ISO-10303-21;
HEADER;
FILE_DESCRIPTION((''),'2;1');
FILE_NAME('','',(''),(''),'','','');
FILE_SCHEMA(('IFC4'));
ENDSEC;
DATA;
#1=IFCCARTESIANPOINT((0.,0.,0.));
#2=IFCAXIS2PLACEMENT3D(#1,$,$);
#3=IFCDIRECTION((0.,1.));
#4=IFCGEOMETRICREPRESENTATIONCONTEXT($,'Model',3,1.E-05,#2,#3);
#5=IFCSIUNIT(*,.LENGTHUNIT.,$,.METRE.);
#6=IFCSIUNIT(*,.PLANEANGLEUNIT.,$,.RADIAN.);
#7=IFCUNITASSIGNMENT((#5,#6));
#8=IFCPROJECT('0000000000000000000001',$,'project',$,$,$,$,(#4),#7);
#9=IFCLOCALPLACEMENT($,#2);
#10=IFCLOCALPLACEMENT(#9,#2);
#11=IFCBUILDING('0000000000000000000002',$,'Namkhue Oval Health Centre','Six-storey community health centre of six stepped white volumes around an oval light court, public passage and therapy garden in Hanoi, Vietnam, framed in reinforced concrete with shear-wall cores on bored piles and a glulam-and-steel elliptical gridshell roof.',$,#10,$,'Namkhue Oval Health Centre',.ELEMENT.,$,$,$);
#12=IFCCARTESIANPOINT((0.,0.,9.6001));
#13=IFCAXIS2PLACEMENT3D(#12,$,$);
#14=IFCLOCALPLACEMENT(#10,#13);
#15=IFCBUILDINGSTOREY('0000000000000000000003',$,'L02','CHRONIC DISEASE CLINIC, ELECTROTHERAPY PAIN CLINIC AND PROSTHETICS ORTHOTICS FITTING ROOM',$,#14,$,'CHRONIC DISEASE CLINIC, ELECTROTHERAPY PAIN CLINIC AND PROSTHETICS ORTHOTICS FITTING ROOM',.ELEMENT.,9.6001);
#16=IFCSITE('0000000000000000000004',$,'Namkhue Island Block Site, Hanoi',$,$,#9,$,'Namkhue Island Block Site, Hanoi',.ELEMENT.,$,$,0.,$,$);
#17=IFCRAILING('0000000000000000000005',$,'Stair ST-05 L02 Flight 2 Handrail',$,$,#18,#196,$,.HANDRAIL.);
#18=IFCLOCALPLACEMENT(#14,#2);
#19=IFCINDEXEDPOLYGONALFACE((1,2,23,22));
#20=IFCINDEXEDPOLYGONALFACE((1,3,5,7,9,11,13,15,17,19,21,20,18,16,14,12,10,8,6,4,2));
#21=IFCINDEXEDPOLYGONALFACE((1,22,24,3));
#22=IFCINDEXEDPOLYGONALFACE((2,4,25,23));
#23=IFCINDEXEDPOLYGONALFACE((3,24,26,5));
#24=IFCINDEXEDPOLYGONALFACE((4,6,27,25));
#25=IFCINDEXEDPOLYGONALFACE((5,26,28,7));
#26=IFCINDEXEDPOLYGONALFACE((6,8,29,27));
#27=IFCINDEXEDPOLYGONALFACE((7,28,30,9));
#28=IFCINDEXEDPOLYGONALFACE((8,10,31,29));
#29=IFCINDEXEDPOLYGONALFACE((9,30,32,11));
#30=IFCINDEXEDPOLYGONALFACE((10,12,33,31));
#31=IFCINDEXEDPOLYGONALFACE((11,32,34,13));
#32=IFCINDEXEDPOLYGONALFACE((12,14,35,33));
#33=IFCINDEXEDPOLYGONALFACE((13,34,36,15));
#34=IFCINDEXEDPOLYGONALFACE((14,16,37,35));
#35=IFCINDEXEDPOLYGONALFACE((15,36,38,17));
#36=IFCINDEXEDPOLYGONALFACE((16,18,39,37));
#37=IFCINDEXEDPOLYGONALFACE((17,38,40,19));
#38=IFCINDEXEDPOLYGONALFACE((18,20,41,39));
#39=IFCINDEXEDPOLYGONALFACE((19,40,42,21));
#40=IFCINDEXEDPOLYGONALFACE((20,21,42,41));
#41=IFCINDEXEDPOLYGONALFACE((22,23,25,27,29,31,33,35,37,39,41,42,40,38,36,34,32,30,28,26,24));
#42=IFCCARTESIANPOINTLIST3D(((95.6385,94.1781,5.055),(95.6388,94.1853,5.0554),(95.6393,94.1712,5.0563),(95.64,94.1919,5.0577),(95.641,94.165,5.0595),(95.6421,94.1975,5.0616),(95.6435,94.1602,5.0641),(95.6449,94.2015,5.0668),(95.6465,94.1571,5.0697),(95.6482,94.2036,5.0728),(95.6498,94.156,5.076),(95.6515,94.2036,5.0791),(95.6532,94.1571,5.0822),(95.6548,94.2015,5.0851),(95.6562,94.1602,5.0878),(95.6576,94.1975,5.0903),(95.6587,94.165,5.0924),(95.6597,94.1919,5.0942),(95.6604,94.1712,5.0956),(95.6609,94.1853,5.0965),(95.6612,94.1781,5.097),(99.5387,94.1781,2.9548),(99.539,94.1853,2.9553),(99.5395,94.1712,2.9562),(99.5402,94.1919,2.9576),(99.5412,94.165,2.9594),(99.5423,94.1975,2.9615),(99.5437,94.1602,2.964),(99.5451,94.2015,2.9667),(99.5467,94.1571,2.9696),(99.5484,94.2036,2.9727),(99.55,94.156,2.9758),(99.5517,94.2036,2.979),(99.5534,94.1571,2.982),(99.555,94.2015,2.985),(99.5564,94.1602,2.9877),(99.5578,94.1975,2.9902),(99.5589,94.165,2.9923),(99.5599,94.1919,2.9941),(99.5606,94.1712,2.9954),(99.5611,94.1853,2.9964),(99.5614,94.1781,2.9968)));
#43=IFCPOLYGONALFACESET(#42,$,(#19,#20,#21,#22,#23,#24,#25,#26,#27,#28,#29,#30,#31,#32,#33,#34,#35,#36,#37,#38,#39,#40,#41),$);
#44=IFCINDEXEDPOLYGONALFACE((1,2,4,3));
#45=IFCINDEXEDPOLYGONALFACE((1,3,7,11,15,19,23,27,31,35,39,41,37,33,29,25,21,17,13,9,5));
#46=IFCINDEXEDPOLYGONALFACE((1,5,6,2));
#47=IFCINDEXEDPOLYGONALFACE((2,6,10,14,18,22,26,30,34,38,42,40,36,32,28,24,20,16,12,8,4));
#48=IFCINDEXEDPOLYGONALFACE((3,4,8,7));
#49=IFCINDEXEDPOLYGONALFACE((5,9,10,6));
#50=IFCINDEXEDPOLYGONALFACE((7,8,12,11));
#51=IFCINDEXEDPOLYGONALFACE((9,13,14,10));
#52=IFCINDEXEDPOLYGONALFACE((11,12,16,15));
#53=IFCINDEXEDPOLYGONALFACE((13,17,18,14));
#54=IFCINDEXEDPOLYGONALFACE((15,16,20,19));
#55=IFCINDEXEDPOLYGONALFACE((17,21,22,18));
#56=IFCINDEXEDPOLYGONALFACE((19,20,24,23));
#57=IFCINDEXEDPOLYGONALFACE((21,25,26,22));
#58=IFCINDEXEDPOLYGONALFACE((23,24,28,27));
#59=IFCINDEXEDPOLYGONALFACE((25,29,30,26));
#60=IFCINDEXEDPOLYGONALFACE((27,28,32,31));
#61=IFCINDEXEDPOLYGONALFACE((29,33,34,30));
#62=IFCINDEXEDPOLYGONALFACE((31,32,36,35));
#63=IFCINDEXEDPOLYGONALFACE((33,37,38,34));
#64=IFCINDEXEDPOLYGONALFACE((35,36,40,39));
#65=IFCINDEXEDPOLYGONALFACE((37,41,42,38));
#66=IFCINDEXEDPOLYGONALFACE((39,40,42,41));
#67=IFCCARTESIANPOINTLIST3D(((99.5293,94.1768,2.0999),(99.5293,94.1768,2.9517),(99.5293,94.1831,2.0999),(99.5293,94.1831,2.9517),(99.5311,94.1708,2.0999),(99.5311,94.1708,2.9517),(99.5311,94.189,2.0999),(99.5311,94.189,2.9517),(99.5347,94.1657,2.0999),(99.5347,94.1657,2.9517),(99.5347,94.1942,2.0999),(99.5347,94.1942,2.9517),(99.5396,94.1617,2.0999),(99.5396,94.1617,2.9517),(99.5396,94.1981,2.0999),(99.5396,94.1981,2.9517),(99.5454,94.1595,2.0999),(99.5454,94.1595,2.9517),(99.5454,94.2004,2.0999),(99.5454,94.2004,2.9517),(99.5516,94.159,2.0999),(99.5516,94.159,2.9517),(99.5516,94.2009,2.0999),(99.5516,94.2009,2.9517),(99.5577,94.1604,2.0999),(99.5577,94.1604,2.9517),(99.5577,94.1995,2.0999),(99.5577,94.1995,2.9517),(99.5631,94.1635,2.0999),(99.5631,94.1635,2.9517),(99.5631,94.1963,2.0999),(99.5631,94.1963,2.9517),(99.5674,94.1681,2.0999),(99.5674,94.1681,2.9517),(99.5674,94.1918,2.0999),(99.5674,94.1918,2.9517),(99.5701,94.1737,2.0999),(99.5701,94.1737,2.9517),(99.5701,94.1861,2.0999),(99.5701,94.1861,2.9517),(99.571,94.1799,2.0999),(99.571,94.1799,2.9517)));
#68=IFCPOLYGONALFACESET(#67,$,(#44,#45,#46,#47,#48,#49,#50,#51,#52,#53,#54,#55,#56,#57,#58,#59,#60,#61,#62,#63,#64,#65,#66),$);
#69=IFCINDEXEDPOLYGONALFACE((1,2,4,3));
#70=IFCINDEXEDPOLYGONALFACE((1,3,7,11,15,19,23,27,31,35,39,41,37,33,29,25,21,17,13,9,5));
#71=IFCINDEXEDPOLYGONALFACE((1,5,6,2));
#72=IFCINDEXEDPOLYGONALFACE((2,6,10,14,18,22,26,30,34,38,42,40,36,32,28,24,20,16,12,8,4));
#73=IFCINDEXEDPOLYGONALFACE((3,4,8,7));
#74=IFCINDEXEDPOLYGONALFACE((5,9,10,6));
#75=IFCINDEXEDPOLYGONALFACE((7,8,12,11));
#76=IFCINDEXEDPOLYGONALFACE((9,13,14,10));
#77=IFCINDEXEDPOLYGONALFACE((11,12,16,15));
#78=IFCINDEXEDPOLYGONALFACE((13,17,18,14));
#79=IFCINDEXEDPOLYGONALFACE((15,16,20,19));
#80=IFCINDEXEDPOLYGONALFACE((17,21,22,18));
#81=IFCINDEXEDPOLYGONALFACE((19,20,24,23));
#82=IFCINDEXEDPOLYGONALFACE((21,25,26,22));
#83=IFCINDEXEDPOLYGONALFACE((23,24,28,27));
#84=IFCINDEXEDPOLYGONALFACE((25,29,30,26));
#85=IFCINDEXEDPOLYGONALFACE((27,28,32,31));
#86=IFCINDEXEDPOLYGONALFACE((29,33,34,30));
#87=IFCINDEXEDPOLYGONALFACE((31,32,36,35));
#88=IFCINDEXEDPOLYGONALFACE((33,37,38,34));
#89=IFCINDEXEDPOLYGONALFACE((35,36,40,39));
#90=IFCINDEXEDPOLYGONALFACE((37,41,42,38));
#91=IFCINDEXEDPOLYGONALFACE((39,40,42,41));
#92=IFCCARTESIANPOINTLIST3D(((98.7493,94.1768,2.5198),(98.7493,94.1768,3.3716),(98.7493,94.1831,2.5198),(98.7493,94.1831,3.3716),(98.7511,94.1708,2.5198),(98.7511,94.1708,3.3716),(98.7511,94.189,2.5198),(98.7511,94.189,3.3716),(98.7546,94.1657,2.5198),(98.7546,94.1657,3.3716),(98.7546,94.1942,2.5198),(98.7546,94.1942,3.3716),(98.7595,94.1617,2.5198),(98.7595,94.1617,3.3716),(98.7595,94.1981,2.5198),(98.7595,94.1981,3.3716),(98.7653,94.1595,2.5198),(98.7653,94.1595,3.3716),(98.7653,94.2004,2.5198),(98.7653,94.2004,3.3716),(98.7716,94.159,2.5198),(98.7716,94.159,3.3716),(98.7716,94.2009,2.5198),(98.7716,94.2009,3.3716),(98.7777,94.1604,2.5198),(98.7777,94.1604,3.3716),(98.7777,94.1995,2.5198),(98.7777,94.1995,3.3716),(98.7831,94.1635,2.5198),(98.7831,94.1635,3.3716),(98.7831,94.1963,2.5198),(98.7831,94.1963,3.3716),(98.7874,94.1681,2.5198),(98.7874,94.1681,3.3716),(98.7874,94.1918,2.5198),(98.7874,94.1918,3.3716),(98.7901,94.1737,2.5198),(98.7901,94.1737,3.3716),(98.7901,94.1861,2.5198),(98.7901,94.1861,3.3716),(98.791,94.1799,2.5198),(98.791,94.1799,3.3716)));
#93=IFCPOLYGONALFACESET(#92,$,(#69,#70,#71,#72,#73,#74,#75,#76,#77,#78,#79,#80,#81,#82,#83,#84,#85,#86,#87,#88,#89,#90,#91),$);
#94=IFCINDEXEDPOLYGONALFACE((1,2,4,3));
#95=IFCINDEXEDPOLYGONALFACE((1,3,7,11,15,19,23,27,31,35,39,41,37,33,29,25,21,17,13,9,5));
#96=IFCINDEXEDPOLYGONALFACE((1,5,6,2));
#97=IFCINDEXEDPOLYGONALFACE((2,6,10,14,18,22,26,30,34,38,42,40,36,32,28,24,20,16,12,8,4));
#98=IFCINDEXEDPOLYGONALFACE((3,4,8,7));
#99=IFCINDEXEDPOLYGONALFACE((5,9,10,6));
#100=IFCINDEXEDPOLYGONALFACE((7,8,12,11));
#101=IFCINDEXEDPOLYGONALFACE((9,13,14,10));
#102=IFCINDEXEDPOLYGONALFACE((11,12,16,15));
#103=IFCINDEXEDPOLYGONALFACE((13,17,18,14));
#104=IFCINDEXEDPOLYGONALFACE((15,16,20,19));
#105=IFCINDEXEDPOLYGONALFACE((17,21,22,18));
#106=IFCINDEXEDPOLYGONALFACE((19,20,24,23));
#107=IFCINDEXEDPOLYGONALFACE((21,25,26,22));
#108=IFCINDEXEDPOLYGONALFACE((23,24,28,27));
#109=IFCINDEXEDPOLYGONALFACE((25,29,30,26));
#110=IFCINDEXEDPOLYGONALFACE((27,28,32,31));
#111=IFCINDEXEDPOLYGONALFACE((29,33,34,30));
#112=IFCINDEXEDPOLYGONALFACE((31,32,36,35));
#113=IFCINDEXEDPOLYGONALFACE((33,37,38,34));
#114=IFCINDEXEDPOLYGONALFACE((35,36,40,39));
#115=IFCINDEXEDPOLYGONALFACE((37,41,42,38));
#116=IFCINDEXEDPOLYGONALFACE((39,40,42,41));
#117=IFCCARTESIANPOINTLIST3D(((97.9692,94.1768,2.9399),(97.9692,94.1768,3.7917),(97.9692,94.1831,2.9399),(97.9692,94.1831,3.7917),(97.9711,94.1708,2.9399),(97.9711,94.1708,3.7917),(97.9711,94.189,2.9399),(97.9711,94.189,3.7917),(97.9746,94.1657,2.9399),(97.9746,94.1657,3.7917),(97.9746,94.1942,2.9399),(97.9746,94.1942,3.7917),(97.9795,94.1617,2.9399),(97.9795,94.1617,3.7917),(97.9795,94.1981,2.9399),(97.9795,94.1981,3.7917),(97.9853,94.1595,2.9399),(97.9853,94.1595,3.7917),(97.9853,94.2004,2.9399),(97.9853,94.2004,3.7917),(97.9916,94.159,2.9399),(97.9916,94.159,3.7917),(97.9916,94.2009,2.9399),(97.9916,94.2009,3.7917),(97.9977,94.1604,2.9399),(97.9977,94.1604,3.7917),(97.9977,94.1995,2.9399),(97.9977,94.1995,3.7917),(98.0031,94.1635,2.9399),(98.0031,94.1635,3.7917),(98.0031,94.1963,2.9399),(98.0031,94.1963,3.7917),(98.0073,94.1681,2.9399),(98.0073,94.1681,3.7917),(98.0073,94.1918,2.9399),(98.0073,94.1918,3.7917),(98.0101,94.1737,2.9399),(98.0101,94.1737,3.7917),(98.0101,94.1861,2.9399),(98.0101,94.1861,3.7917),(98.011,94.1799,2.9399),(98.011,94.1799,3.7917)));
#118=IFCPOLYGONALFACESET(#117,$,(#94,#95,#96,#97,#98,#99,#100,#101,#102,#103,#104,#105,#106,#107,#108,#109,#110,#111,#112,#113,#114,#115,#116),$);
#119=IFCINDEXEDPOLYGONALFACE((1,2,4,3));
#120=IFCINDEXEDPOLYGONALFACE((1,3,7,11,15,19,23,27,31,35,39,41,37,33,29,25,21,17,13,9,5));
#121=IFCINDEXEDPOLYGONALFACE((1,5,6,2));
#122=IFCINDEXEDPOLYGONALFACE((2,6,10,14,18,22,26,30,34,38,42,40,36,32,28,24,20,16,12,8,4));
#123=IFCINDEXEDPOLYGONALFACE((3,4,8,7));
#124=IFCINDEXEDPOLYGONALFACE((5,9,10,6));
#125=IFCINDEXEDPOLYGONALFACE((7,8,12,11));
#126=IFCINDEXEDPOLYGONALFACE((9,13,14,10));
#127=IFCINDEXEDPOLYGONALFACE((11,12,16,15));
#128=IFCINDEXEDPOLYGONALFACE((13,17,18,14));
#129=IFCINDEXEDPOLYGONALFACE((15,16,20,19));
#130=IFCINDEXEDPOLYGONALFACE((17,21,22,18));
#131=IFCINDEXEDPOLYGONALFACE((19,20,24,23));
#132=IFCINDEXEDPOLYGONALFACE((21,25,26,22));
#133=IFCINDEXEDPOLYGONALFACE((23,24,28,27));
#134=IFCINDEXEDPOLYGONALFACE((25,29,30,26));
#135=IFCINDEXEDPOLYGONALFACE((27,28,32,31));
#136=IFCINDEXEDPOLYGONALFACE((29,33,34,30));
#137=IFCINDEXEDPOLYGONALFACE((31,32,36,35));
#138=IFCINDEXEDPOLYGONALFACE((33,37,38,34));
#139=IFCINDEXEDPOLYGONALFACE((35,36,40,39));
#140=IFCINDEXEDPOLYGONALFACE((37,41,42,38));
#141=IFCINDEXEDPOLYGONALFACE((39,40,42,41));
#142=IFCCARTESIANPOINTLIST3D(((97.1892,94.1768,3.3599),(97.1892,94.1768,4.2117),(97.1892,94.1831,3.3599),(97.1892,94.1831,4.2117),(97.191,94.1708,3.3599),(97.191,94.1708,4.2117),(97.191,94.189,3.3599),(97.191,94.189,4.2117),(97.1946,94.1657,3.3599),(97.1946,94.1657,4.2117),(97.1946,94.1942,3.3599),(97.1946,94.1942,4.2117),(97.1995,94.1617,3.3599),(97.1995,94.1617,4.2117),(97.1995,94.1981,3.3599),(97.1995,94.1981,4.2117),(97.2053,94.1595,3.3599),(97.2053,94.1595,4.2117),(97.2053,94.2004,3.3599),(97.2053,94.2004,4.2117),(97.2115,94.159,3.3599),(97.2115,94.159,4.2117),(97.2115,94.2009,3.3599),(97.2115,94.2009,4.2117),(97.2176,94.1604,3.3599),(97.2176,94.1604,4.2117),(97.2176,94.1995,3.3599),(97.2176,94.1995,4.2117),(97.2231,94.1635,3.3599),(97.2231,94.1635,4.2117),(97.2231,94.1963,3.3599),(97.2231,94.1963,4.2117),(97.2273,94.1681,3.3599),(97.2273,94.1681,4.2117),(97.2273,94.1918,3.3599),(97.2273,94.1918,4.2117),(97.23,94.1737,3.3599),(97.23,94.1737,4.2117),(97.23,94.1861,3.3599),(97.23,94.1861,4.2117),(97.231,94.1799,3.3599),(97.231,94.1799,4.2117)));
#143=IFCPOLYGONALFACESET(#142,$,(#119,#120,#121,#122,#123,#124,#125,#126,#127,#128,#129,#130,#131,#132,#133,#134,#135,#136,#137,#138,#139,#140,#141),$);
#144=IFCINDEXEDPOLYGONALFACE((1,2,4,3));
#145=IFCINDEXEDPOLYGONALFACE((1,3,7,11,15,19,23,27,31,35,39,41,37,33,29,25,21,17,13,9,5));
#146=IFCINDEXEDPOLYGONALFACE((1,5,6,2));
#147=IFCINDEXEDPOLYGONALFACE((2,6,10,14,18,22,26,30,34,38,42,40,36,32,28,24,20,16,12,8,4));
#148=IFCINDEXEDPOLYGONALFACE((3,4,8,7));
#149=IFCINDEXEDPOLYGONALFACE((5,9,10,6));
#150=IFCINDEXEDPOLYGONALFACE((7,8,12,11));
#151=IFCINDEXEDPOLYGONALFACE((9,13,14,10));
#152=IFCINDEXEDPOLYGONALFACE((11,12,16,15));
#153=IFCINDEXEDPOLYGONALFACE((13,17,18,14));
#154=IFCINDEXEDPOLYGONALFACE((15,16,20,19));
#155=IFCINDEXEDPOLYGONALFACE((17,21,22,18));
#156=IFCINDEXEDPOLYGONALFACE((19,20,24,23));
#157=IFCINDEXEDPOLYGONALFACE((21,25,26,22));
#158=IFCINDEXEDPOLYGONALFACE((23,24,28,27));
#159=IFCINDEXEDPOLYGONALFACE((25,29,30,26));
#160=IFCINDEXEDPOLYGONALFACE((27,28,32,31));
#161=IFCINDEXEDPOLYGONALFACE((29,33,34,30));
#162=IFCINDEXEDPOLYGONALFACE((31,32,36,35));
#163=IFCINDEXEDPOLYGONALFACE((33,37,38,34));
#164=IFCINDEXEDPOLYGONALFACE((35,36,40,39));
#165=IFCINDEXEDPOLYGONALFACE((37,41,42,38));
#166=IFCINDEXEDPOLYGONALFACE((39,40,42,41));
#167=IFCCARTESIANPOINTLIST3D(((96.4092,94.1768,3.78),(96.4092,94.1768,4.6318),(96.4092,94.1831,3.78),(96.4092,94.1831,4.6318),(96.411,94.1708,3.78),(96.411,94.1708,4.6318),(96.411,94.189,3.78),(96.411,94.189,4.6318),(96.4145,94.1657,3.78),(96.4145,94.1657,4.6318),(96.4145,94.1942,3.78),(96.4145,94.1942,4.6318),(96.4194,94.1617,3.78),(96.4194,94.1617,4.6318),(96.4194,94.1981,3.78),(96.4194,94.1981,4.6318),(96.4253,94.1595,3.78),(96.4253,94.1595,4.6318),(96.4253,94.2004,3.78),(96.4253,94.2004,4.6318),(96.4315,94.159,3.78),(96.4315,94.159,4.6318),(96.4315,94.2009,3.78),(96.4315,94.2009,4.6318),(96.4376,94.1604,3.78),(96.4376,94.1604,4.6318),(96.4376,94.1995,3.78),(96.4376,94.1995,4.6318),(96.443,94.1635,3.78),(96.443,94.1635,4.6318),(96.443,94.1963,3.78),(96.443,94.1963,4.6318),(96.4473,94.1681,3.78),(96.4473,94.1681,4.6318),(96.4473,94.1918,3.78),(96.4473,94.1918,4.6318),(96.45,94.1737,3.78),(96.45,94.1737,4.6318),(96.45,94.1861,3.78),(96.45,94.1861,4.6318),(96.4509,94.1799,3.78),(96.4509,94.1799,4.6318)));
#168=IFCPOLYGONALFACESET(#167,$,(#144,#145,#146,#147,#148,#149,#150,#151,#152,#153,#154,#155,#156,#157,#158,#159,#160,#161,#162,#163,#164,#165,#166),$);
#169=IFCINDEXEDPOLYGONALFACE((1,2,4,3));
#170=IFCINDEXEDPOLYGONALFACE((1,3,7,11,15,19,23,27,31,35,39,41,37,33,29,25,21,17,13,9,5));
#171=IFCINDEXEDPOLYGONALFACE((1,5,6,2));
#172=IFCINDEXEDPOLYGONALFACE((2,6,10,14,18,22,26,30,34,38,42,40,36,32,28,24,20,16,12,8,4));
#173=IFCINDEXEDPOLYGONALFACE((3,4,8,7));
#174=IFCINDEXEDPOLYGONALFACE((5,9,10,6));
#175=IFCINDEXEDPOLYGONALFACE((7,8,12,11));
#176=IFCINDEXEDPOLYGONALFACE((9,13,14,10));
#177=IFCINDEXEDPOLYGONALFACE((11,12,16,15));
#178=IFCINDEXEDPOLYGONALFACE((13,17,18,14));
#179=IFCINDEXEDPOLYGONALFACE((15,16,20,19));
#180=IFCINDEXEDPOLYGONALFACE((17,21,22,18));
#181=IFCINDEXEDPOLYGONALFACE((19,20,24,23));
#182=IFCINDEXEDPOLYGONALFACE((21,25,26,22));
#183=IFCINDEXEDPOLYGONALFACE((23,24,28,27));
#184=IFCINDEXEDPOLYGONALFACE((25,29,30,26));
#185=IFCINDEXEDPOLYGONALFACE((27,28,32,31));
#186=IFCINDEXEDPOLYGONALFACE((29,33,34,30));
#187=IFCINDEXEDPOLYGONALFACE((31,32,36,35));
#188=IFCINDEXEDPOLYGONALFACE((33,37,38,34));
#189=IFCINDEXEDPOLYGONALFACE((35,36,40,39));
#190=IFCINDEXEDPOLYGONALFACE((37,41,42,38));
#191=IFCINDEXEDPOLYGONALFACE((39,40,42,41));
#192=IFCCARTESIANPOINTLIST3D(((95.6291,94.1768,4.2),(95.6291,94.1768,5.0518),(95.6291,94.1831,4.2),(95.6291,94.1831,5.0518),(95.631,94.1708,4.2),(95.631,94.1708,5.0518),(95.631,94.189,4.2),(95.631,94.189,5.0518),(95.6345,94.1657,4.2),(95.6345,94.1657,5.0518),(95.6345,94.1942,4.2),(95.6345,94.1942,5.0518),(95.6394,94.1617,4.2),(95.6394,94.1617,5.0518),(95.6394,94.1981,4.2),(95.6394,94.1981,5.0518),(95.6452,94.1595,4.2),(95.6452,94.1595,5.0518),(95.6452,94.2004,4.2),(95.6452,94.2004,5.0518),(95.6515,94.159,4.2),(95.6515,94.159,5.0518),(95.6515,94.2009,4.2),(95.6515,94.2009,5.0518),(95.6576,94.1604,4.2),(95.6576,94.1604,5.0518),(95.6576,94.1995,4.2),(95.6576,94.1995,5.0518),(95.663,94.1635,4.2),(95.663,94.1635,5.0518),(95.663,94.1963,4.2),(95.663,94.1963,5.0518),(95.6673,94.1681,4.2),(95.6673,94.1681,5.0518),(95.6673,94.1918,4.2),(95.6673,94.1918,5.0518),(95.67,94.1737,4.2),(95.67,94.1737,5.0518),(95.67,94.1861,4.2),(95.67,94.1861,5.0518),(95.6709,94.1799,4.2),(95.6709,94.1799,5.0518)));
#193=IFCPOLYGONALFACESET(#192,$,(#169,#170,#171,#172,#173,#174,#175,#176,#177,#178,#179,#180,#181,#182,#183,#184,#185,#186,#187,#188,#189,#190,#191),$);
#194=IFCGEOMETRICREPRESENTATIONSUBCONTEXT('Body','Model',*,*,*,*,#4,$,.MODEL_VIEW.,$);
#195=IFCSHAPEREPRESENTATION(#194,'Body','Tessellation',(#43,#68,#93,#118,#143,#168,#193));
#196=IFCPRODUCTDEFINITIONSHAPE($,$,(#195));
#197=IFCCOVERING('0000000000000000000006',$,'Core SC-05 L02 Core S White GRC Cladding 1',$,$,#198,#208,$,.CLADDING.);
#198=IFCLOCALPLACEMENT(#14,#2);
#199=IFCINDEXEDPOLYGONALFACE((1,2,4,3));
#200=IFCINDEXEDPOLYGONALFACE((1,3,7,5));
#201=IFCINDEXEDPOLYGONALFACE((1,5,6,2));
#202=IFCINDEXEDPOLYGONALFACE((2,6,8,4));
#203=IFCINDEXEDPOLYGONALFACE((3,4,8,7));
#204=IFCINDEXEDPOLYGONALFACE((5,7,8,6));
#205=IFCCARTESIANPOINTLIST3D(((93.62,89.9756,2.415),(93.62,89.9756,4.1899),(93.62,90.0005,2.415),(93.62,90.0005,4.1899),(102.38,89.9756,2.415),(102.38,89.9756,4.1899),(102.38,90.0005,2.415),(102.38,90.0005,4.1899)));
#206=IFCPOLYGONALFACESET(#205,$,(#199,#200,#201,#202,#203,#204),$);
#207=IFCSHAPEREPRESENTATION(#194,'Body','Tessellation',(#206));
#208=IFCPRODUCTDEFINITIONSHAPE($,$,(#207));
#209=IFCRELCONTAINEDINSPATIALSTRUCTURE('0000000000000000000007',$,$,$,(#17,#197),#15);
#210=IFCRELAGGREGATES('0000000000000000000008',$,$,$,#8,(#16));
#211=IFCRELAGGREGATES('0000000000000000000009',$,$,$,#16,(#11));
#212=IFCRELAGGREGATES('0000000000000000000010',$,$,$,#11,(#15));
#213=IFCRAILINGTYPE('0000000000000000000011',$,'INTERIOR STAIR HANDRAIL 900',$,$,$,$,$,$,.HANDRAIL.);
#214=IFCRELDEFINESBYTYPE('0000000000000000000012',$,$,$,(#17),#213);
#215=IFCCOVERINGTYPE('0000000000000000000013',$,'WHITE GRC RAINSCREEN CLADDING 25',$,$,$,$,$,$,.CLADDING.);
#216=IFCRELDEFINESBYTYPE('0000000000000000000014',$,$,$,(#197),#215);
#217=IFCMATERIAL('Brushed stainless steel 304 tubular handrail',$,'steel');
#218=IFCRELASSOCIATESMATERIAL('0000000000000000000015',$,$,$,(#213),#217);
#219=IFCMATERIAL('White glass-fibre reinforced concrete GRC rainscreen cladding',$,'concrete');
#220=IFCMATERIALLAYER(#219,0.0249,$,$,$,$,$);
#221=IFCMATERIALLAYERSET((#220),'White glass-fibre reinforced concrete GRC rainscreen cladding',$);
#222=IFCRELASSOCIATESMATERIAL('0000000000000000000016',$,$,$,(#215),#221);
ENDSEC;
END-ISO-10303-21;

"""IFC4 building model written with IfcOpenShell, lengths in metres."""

from ifc_helpers import new_model, si_unit, direction, frame, origin, origin_2d, place, context, subcontext, project, spatial, rectangle, circle, extrude, material, layer, layer_set, type_object, element, save


model = new_model("IFC4")

# Units and contexts
model_context = context("Model", 3, precision=1e-05, world=origin(), true_north=direction((0.0, 1.0)))
body_context = subcontext(model_context, "Body", "Model", "MODEL_VIEW")
ifc_project = project(units=[si_unit("LENGTHUNIT", "METRE"), si_unit("PLANEANGLEUNIT", "RADIAN")], contexts=[model_context])

# Site, building, storey
site_placement = place(None, origin())
site = spatial("IfcSite", under=ifc_project, at=site_placement, Name="Namkhue Island Block Site, Hanoi", LongName="Namkhue Island Block Site, Hanoi", CompositionType="ELEMENT", RefElevation=0.0)
building_placement = place(site_placement, origin())
building = spatial("IfcBuilding", under=site, at=building_placement, Name="Namkhue Oval Health Centre", Description="Six-storey community health centre of six stepped white volumes around an oval light court, public passage and therapy garden in Hanoi, Vietnam, framed in reinforced concrete with shear-wall cores on bored piles and a glulam-and-steel elliptical gridshell roof.", LongName="Namkhue Oval Health Centre", CompositionType="ELEMENT")
storey_placement = place(building_placement, frame((0.0, 0.0, 9.6001)))
storey = spatial("IfcBuildingStorey", under=building, at=storey_placement, Name="L02", Description="CHRONIC DISEASE CLINIC, ELECTROTHERAPY PAIN CLINIC AND PROSTHETICS ORTHOTICS FITTING ROOM", LongName="CHRONIC DISEASE CLINIC, ELECTROTHERAPY PAIN CLINIC AND PROSTHETICS ORTHOTICS FITTING ROOM", CompositionType="ELEMENT", Elevation=9.6001)

# Railing
ifc_material_1 = material(Name="Brushed stainless steel 304 tubular handrail", Category="steel")
railing_type = type_object("IfcRailingType", Name="INTERIOR STAIR HANDRAIL 900", PredefinedType="HANDRAIL", material=ifc_material_1)
railing_placement = place(storey_placement, frame((99.55, 94.1799, 2.0999)))
element("IfcRailing", 1, at=railing_placement, inside=storey, type_object=railing_type, Name="Stair ST-05 L02 Flight 2 Handrail", PredefinedType="HANDRAIL", context=body_context, shape_type="SweptSolid", body=[
    extrude(circle(Radius=0.0239, at=origin_2d()), frame((0.0, 0.0, 0.876), z_axis=(-0.880469, 0.0, 0.474103), x_axis=(0.0, -1.0, 0.0)), (0.0, 0.0, 1.0), 4.4297),
    extrude(circle(Radius=0.021, at=origin_2d()), origin(), (0.0, 0.0, 1.0), 0.8518),
    extrude(circle(Radius=0.021, at=origin_2d()), frame((-0.78, 0.0, 0.4199)), (0.0, 0.0, 1.0), 0.8518),
    extrude(circle(Radius=0.021, at=origin_2d()), frame((-1.5601, 0.0, 0.8401)), (0.0, 0.0, 1.0), 0.8518),
    extrude(circle(Radius=0.021, at=origin_2d()), frame((-2.3401, 0.0, 1.26)), (0.0, 0.0, 1.0), 0.8518),
    extrude(circle(Radius=0.021, at=origin_2d()), frame((-3.1201, 0.0, 1.6802)), (0.0, 0.0, 1.0), 0.8518),
    extrude(circle(Radius=0.021, at=origin_2d()), frame((-3.9001, 0.0, 2.1001)), (0.0, 0.0, 1.0), 0.8518),
])

# Covering
ifc_material_2 = material(Name="White glass-fibre reinforced concrete GRC rainscreen cladding", Category="concrete")
ifc_layer_1 = layer(ifc_material_2, 0.0249)
ifc_layer_set_1 = layer_set([ifc_layer_1], Name="White glass-fibre reinforced concrete GRC rainscreen cladding")
covering_type = type_object("IfcCoveringType", Name="WHITE GRC RAINSCREEN CLADDING 25", PredefinedType="CLADDING", material=ifc_layer_set_1)
covering_1_placement = place(storey_placement, frame((98.0, 89.988, 2.415), z_axis=(0.0, 0.0, 1.0), x_axis=(1.0, 0.0, 0.0)))
element("IfcCovering", 2, at=covering_1_placement, inside=storey, type_object=covering_type, Name="Core SC-05 L02 Core S White GRC Cladding 1", PredefinedType="CLADDING", context=body_context, shape_type="SweptSolid", body=[
    extrude(rectangle(XDim=8.76, YDim=0.0249, at=origin_2d()), origin(), (0.0, 0.0, 1.0), 1.7749),
])

save(model, "model.ifc")
